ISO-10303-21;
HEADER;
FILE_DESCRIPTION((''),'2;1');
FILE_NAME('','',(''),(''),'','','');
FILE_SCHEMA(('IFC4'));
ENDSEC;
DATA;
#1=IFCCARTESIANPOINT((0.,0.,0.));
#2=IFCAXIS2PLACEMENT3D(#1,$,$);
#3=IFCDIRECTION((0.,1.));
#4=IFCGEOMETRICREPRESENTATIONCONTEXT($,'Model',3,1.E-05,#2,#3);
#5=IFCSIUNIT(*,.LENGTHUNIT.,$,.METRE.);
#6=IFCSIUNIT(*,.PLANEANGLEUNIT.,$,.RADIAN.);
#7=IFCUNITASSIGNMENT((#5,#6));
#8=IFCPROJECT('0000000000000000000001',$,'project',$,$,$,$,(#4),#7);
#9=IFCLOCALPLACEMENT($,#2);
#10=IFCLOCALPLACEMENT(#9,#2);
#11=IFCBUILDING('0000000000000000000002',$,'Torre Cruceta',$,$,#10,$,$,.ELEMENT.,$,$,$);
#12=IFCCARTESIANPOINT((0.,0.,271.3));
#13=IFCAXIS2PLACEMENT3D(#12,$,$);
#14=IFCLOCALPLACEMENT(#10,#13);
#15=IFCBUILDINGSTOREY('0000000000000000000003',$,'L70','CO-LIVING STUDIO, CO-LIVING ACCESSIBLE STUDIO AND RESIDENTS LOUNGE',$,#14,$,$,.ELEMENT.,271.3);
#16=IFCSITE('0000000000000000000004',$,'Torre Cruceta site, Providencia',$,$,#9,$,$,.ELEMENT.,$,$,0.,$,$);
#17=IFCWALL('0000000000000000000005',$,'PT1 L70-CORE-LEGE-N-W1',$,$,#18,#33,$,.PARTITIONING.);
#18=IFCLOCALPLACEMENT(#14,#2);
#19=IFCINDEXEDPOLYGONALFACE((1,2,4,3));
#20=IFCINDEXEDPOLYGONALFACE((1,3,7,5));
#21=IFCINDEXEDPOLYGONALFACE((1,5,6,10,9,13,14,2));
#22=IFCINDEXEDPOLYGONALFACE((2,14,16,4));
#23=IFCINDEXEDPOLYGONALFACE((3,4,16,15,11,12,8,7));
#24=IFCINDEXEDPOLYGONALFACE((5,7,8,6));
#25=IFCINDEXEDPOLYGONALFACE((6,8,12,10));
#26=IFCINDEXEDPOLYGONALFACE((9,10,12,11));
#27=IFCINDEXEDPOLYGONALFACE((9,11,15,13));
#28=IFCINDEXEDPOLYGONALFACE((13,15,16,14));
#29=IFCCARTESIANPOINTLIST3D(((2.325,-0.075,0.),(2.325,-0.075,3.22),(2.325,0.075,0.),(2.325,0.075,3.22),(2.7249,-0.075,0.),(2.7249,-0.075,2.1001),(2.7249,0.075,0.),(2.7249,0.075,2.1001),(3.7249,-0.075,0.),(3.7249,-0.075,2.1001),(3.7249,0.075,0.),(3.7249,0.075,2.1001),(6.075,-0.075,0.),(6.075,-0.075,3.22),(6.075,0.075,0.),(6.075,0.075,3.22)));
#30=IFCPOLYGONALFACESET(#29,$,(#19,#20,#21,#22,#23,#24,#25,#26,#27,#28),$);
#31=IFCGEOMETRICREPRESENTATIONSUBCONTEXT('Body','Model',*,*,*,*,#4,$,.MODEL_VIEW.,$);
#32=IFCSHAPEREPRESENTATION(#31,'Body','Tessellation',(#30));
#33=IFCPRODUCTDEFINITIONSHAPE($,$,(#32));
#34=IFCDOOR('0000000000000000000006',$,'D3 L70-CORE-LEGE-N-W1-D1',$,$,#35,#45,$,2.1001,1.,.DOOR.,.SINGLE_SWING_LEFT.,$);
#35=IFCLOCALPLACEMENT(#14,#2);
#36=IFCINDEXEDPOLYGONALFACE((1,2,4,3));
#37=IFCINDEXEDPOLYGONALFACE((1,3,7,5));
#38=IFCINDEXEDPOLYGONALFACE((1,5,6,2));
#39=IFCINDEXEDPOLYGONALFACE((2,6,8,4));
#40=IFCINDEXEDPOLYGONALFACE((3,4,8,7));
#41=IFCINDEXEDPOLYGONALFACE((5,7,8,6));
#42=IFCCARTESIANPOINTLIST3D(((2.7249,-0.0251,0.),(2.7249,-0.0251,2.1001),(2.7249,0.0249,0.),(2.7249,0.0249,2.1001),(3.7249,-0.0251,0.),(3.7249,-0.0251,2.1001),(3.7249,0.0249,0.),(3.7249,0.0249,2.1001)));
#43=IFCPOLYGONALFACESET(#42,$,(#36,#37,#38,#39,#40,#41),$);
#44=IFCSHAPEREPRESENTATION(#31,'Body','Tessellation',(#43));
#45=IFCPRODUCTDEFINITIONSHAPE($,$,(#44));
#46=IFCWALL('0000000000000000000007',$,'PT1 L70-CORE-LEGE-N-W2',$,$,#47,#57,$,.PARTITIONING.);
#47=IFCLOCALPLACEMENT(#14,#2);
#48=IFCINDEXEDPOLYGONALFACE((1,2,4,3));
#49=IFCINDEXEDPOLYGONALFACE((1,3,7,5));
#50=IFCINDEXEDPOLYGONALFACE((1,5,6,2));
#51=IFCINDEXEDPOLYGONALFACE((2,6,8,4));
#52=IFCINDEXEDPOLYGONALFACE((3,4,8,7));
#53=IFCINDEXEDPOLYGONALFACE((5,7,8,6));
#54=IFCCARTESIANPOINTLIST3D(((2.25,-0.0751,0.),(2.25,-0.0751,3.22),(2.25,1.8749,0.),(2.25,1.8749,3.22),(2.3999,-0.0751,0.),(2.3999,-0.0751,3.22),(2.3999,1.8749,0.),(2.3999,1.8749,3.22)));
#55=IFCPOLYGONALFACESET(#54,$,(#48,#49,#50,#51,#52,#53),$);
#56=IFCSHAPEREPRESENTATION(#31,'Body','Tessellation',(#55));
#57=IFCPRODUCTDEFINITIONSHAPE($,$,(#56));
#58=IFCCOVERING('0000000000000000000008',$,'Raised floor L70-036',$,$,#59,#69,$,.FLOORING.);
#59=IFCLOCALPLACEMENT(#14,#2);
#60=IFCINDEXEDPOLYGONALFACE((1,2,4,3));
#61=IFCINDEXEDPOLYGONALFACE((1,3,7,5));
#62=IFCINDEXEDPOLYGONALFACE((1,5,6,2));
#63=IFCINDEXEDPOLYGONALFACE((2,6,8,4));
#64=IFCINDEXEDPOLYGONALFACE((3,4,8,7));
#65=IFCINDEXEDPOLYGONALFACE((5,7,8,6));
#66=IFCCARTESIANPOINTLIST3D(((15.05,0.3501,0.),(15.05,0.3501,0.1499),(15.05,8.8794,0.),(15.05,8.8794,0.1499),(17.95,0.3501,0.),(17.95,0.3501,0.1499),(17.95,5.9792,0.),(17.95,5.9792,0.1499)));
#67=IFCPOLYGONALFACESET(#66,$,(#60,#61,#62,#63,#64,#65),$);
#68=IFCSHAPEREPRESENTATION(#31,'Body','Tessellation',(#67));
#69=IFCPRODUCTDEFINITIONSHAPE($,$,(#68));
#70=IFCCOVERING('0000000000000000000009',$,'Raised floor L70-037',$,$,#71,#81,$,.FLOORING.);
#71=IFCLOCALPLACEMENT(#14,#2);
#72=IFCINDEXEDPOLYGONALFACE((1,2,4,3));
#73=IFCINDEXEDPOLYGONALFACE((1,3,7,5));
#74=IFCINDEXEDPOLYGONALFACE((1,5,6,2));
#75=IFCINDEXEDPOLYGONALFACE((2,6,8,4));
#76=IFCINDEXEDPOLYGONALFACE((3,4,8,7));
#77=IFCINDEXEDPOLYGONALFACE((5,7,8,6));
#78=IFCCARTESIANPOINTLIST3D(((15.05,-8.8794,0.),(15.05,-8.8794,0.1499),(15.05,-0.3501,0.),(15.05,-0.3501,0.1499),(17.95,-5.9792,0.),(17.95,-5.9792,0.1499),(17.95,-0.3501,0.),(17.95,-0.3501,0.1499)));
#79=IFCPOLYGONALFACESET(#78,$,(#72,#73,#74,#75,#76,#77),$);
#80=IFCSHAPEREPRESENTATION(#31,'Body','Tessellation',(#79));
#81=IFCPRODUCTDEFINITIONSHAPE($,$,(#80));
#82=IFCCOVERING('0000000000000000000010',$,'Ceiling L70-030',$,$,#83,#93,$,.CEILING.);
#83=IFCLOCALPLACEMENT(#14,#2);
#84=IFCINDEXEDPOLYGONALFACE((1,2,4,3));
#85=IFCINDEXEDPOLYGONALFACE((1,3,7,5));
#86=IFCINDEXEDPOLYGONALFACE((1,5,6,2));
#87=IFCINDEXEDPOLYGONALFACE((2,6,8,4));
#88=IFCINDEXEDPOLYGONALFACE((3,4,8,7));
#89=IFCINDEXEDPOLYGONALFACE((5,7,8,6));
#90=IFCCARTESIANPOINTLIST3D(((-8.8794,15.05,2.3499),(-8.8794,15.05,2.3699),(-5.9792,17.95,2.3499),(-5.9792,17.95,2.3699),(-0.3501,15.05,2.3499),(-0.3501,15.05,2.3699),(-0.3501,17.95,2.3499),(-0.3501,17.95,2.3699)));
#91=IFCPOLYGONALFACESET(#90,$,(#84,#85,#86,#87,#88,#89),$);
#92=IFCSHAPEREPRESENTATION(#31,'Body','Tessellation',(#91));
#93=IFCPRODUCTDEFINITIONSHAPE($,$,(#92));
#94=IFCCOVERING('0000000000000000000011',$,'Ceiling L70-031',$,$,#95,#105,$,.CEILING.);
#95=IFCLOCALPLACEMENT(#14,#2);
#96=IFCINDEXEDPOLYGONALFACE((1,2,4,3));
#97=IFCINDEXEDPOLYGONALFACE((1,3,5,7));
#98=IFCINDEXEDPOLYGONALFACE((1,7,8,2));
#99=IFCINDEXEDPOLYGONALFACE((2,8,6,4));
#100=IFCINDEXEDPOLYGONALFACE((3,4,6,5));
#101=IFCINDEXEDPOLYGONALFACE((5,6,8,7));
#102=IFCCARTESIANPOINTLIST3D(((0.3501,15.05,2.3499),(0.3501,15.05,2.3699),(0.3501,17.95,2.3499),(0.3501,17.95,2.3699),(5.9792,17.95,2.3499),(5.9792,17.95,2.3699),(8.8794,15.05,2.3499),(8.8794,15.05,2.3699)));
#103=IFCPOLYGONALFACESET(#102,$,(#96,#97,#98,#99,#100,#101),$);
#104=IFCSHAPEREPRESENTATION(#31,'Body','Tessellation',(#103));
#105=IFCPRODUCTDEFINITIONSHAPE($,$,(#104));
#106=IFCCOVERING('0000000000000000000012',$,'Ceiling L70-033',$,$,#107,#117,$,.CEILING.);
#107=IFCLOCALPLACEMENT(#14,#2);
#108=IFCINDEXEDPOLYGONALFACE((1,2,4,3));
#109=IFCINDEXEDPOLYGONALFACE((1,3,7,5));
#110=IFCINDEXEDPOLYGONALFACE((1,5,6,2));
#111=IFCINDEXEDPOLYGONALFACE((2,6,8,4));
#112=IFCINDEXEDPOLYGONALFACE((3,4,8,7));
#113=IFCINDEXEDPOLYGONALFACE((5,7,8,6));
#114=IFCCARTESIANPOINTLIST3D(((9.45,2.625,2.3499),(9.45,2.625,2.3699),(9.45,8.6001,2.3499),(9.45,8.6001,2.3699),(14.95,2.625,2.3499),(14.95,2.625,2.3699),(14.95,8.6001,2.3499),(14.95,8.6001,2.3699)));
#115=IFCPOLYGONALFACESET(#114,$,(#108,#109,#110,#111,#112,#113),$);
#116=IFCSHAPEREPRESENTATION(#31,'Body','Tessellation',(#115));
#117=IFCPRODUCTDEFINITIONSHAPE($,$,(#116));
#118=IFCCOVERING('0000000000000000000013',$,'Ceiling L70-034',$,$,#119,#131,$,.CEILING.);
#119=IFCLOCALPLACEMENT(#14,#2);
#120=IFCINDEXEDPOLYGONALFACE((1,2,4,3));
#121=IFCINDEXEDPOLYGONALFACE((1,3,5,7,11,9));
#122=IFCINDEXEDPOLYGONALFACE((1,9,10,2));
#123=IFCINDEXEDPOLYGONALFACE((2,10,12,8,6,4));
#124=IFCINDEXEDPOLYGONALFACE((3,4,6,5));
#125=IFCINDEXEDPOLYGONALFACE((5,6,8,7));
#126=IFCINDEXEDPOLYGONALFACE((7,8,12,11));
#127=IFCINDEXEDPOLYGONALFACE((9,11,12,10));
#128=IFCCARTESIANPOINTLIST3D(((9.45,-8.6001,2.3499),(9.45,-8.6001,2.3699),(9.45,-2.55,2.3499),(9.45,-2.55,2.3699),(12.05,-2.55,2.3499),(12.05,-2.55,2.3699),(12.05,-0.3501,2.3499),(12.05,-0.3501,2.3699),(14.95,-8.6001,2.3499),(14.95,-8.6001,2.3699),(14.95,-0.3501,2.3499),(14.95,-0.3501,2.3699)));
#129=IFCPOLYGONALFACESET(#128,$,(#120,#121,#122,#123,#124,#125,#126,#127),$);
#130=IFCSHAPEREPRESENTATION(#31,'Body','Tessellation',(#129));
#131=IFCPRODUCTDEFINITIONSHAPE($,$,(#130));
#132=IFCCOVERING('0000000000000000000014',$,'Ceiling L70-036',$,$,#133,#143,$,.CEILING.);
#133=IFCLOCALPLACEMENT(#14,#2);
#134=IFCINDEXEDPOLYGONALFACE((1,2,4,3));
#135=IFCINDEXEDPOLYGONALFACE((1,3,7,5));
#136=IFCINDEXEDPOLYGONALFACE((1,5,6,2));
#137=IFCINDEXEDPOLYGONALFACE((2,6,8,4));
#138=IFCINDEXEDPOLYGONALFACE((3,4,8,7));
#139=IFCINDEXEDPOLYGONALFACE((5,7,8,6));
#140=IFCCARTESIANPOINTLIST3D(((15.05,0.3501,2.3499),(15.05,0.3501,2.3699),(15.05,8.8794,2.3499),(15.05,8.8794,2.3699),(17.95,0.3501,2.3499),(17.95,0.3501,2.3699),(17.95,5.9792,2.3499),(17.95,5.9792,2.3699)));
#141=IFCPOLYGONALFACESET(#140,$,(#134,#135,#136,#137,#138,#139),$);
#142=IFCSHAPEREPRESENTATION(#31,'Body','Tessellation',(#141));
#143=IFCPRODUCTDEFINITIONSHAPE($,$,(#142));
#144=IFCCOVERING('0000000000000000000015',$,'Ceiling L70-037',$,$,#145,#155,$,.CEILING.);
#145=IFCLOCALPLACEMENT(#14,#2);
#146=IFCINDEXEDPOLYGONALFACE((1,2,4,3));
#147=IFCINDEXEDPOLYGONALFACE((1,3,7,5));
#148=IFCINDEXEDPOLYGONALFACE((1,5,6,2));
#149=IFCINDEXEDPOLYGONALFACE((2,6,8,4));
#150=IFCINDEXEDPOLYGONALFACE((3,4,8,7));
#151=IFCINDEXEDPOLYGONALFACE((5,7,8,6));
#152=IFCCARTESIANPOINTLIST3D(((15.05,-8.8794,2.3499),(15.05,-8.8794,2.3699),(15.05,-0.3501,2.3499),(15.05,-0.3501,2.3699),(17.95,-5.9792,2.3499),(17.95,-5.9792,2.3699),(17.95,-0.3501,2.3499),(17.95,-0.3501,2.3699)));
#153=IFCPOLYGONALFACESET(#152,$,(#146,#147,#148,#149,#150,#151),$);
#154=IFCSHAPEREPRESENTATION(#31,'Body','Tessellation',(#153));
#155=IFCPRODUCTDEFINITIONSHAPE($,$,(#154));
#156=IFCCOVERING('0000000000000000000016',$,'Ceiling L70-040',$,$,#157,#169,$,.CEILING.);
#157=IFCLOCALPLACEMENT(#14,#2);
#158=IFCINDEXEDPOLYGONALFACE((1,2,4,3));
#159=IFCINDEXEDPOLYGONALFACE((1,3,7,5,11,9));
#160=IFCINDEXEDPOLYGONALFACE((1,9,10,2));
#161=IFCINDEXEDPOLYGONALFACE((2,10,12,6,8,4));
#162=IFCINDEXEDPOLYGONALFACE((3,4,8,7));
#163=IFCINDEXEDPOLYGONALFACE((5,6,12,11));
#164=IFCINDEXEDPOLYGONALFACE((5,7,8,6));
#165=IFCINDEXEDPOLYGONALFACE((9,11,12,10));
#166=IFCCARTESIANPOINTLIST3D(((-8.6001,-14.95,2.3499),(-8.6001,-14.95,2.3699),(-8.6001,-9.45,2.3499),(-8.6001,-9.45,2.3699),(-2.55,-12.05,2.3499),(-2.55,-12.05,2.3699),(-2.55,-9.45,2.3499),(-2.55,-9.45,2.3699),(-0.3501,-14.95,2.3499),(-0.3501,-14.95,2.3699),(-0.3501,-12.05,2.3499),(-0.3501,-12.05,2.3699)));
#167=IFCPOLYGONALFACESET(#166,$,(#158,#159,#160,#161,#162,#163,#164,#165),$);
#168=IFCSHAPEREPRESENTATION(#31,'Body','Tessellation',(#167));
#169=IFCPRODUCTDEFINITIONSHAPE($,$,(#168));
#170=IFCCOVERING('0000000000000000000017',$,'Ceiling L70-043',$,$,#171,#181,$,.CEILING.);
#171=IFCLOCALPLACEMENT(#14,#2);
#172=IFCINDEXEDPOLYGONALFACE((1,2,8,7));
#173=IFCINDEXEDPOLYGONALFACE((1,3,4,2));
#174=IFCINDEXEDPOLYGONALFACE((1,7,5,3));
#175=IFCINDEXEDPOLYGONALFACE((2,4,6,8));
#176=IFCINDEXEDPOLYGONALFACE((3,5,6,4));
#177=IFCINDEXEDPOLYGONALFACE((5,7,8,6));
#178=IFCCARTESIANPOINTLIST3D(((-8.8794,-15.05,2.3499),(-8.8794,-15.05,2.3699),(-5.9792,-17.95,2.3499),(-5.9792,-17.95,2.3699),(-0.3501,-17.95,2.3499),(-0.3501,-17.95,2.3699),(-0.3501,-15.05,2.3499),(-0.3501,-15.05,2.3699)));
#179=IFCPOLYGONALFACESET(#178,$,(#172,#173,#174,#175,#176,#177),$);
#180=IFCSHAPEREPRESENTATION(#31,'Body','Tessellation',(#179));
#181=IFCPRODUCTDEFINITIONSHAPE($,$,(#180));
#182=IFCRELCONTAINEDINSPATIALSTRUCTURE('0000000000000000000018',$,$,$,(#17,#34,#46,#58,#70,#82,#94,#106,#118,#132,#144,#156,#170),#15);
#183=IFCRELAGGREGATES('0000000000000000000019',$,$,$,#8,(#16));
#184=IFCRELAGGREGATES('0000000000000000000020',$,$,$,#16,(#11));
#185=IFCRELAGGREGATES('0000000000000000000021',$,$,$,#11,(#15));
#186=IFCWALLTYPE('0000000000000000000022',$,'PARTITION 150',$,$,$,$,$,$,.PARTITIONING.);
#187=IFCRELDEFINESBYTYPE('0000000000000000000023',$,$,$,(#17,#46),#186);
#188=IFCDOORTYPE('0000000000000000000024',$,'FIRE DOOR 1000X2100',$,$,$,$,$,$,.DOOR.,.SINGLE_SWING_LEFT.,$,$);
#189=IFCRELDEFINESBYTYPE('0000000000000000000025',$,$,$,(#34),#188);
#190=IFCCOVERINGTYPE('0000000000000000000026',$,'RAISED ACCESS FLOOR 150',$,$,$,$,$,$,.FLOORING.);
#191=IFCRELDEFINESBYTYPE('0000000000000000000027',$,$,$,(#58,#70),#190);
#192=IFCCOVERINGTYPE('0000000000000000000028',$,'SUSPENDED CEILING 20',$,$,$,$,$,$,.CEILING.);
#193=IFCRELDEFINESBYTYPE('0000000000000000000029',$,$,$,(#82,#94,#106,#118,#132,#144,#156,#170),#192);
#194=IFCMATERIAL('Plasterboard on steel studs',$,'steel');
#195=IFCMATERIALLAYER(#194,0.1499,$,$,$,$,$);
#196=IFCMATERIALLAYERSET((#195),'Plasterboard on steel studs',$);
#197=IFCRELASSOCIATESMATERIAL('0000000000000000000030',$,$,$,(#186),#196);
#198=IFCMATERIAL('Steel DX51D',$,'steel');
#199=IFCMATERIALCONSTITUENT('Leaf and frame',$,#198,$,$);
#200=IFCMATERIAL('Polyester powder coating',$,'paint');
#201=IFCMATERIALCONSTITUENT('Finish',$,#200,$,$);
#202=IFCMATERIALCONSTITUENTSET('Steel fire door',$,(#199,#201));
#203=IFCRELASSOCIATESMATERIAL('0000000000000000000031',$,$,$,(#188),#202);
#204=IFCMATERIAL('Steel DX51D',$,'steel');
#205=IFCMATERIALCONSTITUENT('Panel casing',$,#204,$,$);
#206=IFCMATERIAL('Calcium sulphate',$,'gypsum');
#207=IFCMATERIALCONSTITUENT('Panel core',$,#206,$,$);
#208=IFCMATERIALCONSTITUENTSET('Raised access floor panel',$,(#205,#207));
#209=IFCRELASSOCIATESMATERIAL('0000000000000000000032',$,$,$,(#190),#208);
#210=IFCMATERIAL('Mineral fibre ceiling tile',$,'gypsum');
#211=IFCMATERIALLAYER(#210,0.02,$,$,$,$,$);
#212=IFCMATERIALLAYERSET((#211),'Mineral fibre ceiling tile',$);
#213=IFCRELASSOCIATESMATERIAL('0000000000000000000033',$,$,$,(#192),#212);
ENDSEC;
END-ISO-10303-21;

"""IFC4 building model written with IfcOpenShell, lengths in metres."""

from ifc_helpers import new_model, si_unit, direction, frame, frame_2d, origin, place, context, subcontext, project, spatial, polyline, rectangle, outline, extrude, material, layer, layer_set, constituent, constituent_set, type_object, element, fill, save


model = new_model("IFC4")

# Units and contexts
model_context = context("Model", 3, precision=1e-05, world=origin(), true_north=direction((0.0, 1.0)))
body_context = subcontext(model_context, "Body", "Model", "MODEL_VIEW")
ifc_project = project(units=[si_unit("LENGTHUNIT", "METRE"), si_unit("PLANEANGLEUNIT", "RADIAN")], contexts=[model_context])

# Site, building, storey
site_placement = place(None, origin())
site = spatial("IfcSite", under=ifc_project, at=site_placement, Name="Torre Cruceta site, Providencia", CompositionType="ELEMENT", RefElevation=0.0)
building_placement = place(site_placement, origin())
building = spatial("IfcBuilding", under=site, at=building_placement, Name="Torre Cruceta", CompositionType="ELEMENT")
storey_placement = place(building_placement, frame((0.0, 0.0, 271.3)))
storey = spatial("IfcBuildingStorey", under=building, at=storey_placement, Name="L70", Description="CO-LIVING STUDIO, CO-LIVING ACCESSIBLE STUDIO AND RESIDENTS LOUNGE", CompositionType="ELEMENT", Elevation=271.3)

# Wall, opening, door
ifc_material_1 = material(Name="Plasterboard on steel studs", Category="steel")
ifc_layer_1 = layer(ifc_material_1, 0.1499)
ifc_layer_set_1 = layer_set([ifc_layer_1], Name="Plasterboard on steel studs")
wall_type_1 = type_object("IfcWallType", Name="PARTITION 150", PredefinedType="PARTITIONING", material=ifc_layer_set_1)
wall_1_placement = place(storey_placement, frame((2.325, 0.0, 0.0), z_axis=(0.0, 0.0, 1.0), x_axis=(1.0, 0.0, 0.0)))
wall_1 = element("IfcWall", 1, at=wall_1_placement, inside=storey, type_object=wall_type_1, Name="PT1 L70-CORE-LEGE-N-W1", PredefinedType="PARTITIONING", context=body_context, shape_type="SweptSolid", body=[
    extrude(rectangle(XDim=3.75, YDim=0.1499, at=frame_2d((1.875, 0.0))), origin(), (0.0, 0.0, 1.0), 3.22),
])
opening_1_placement = place(wall_1_placement, frame((0.3999, 0.0, 0.0)))
opening_1 = element("IfcOpeningElement", 2, at=opening_1_placement, cuts=wall_1, PredefinedType="OPENING", context=body_context, shape_type="SweptSolid", body=[
    extrude(rectangle(XDim=1.0, YDim=2.1001, at=frame_2d((0.5, 1.05))), frame((0.0, 0.085, 0.0), z_axis=(0.0, -1.0, 0.0), x_axis=(1.0, 0.0, 0.0)), (0.0, 0.0, 1.0), 0.1699),
])
ifc_material_2 = material(Name="Steel DX51D", Category="steel")
ifc_constituent_1 = constituent(ifc_material_2, Name="Leaf and frame")
ifc_material_3 = material(Name="Polyester powder coating", Category="paint")
ifc_constituent_2 = constituent(ifc_material_3, Name="Finish")
ifc_constituent_set_1 = constituent_set(constituents=[ifc_constituent_1, ifc_constituent_2], Name="Steel fire door")
door_type_1 = type_object("IfcDoorType", Name="FIRE DOOR 1000X2100", OperationType="SINGLE_SWING_LEFT", PredefinedType="DOOR", material=ifc_constituent_set_1)
door_1_placement = place(opening_1_placement, origin())
door_1 = element("IfcDoor", 3, at=door_1_placement, inside=storey, type_object=door_type_1, Name="D3 L70-CORE-LEGE-N-W1-D1", OperationType="SINGLE_SWING_LEFT", OverallHeight=2.1001, OverallWidth=1.0, PredefinedType="DOOR", context=body_context, shape_type="SweptSolid", body=[
    extrude(rectangle(XDim=1.0, YDim=2.1001, at=frame_2d((0.5, 1.05))), frame((0.0, 0.0249, 0.0), z_axis=(0.0, -1.0, 0.0), x_axis=(1.0, 0.0, 0.0)), (0.0, 0.0, 1.0), 0.05),
])
fill(opening_1, door_1)

# Wall
wall_2_placement = place(storey_placement, frame((2.325, 1.875, 0.0), z_axis=(0.0, 0.0, 1.0), x_axis=(0.0, -1.0, 0.0)))
element("IfcWall", 4, at=wall_2_placement, inside=storey, type_object=wall_type_1, Name="PT1 L70-CORE-LEGE-N-W2", PredefinedType="PARTITIONING", context=body_context, shape_type="SweptSolid", body=[
    extrude(rectangle(XDim=1.95, YDim=0.1499, at=frame_2d((0.9751, 0.0))), origin(), (0.0, 0.0, 1.0), 3.22),
])

# Coverings
ifc_material_4 = material(Name="Steel DX51D", Category="steel")
ifc_constituent_3 = constituent(ifc_material_4, Name="Panel casing")
ifc_material_5 = material(Name="Calcium sulphate", Category="gypsum")
ifc_constituent_4 = constituent(ifc_material_5, Name="Panel core")
ifc_constituent_set_2 = constituent_set(constituents=[ifc_constituent_3, ifc_constituent_4], Name="Raised access floor panel")
covering_type_1 = type_object("IfcCoveringType", Name="RAISED ACCESS FLOOR 150", PredefinedType="FLOORING", material=ifc_constituent_set_2)
covering_1_placement = place(storey_placement, origin())
element("IfcCovering", 5, at=covering_1_placement, inside=storey, type_object=covering_type_1, Name="Raised floor L70-036", PredefinedType="FLOORING", context=body_context, shape_type="SweptSolid", body=[
    extrude(outline(polyline([(17.95, 5.9792), (17.95, 0.3501), (15.05, 0.3501), (15.05, 8.8794), (17.95, 5.9792)])), origin(), (0.0, 0.0, 1.0), 0.1499),
])
covering_2_placement = place(storey_placement, origin())
element("IfcCovering", 6, at=covering_2_placement, inside=storey, type_object=covering_type_1, Name="Raised floor L70-037", PredefinedType="FLOORING", context=body_context, shape_type="SweptSolid", body=[
    extrude(outline(polyline([(15.05, -8.8794), (15.05, -0.3501), (17.95, -0.3501), (17.95, -5.9792), (15.05, -8.8794)])), origin(), (0.0, 0.0, 1.0), 0.1499),
])
ifc_material_6 = material(Name="Mineral fibre ceiling tile", Category="gypsum")
ifc_layer_2 = layer(ifc_material_6, 0.02)
ifc_layer_set_2 = layer_set([ifc_layer_2], Name="Mineral fibre ceiling tile")
covering_type_2 = type_object("IfcCoveringType", Name="SUSPENDED CEILING 20", PredefinedType="CEILING", material=ifc_layer_set_2)
covering_3_placement = place(storey_placement, frame((0.0, 0.0, 2.3499)))
element("IfcCovering", 7, at=covering_3_placement, inside=storey, type_object=covering_type_2, Name="Ceiling L70-030", PredefinedType="CEILING", context=body_context, shape_type="SweptSolid", body=[
    extrude(outline(polyline([(-5.9792, 17.95), (-0.3501, 17.95), (-0.3501, 15.05), (-8.8794, 15.05), (-5.9792, 17.95)])), origin(), (0.0, 0.0, 1.0), 0.02),
])
covering_4_placement = place(storey_placement, frame((0.0, 0.0, 2.3499)))
element("IfcCovering", 8, at=covering_4_placement, inside=storey, type_object=covering_type_2, Name="Ceiling L70-031", PredefinedType="CEILING", context=body_context, shape_type="SweptSolid", body=[
    extrude(outline(polyline([(8.8794, 15.05), (0.3501, 15.05), (0.3501, 17.95), (5.9792, 17.95), (8.8794, 15.05)])), origin(), (0.0, 0.0, 1.0), 0.02),
])
covering_5_placement = place(storey_placement, frame((0.0, 0.0, 2.3499)))
element("IfcCovering", 9, at=covering_5_placement, inside=storey, type_object=covering_type_2, Name="Ceiling L70-033", PredefinedType="CEILING", context=body_context, shape_type="SweptSolid", body=[
    extrude(outline(polyline([(9.45, 2.625), (9.45, 8.6001), (14.95, 8.6001), (14.95, 2.625), (9.45, 2.625)])), origin(), (0.0, 0.0, 1.0), 0.02),
])
covering_6_placement = place(storey_placement, frame((0.0, 0.0, 2.3499)))
element("IfcCovering", 10, at=covering_6_placement, inside=storey, type_object=covering_type_2, Name="Ceiling L70-034", PredefinedType="CEILING", context=body_context, shape_type="SweptSolid", body=[
    extrude(outline(polyline([(14.95, -0.3501), (14.95, -8.6001), (9.45, -8.6001), (9.45, -2.55), (12.05, -2.55), (12.05, -0.3501), (14.95, -0.3501)])), origin(), (0.0, 0.0, 1.0), 0.02),
])
covering_7_placement = place(storey_placement, frame((0.0, 0.0, 2.3499)))
element("IfcCovering", 11, at=covering_7_placement, inside=storey, type_object=covering_type_2, Name="Ceiling L70-036", PredefinedType="CEILING", context=body_context, shape_type="SweptSolid", body=[
    extrude(outline(polyline([(17.95, 5.9792), (17.95, 0.3501), (15.05, 0.3501), (15.05, 8.8794), (17.95, 5.9792)])), origin(), (0.0, 0.0, 1.0), 0.02),
])
covering_8_placement = place(storey_placement, frame((0.0, 0.0, 2.3499)))
element("IfcCovering", 12, at=covering_8_placement, inside=storey, type_object=covering_type_2, Name="Ceiling L70-037", PredefinedType="CEILING", context=body_context, shape_type="SweptSolid", body=[
    extrude(outline(polyline([(15.05, -8.8794), (15.05, -0.3501), (17.95, -0.3501), (17.95, -5.9792), (15.05, -8.8794)])), origin(), (0.0, 0.0, 1.0), 0.02),
])
covering_9_placement = place(storey_placement, frame((0.0, 0.0, 2.3499)))
element("IfcCovering", 13, at=covering_9_placement, inside=storey, type_object=covering_type_2, Name="Ceiling L70-040", PredefinedType="CEILING", context=body_context, shape_type="SweptSolid", body=[
    extrude(outline(polyline([(-0.3501, -14.95), (-8.6001, -14.95), (-8.6001, -9.45), (-2.55, -9.45), (-2.55, -12.05), (-0.3501, -12.05), (-0.3501, -14.95)])), origin(), (0.0, 0.0, 1.0), 0.02),
])
covering_10_placement = place(storey_placement, frame((0.0, 0.0, 2.3499)))
element("IfcCovering", 14, at=covering_10_placement, inside=storey, type_object=covering_type_2, Name="Ceiling L70-043", PredefinedType="CEILING", context=body_context, shape_type="SweptSolid", body=[
    extrude(outline(polyline([(-8.8794, -15.05), (-0.3501, -15.05), (-0.3501, -17.95), (-5.9792, -17.95), (-8.8794, -15.05)])), origin(), (0.0, 0.0, 1.0), 0.02),
])

save(model, "model.ifc")
